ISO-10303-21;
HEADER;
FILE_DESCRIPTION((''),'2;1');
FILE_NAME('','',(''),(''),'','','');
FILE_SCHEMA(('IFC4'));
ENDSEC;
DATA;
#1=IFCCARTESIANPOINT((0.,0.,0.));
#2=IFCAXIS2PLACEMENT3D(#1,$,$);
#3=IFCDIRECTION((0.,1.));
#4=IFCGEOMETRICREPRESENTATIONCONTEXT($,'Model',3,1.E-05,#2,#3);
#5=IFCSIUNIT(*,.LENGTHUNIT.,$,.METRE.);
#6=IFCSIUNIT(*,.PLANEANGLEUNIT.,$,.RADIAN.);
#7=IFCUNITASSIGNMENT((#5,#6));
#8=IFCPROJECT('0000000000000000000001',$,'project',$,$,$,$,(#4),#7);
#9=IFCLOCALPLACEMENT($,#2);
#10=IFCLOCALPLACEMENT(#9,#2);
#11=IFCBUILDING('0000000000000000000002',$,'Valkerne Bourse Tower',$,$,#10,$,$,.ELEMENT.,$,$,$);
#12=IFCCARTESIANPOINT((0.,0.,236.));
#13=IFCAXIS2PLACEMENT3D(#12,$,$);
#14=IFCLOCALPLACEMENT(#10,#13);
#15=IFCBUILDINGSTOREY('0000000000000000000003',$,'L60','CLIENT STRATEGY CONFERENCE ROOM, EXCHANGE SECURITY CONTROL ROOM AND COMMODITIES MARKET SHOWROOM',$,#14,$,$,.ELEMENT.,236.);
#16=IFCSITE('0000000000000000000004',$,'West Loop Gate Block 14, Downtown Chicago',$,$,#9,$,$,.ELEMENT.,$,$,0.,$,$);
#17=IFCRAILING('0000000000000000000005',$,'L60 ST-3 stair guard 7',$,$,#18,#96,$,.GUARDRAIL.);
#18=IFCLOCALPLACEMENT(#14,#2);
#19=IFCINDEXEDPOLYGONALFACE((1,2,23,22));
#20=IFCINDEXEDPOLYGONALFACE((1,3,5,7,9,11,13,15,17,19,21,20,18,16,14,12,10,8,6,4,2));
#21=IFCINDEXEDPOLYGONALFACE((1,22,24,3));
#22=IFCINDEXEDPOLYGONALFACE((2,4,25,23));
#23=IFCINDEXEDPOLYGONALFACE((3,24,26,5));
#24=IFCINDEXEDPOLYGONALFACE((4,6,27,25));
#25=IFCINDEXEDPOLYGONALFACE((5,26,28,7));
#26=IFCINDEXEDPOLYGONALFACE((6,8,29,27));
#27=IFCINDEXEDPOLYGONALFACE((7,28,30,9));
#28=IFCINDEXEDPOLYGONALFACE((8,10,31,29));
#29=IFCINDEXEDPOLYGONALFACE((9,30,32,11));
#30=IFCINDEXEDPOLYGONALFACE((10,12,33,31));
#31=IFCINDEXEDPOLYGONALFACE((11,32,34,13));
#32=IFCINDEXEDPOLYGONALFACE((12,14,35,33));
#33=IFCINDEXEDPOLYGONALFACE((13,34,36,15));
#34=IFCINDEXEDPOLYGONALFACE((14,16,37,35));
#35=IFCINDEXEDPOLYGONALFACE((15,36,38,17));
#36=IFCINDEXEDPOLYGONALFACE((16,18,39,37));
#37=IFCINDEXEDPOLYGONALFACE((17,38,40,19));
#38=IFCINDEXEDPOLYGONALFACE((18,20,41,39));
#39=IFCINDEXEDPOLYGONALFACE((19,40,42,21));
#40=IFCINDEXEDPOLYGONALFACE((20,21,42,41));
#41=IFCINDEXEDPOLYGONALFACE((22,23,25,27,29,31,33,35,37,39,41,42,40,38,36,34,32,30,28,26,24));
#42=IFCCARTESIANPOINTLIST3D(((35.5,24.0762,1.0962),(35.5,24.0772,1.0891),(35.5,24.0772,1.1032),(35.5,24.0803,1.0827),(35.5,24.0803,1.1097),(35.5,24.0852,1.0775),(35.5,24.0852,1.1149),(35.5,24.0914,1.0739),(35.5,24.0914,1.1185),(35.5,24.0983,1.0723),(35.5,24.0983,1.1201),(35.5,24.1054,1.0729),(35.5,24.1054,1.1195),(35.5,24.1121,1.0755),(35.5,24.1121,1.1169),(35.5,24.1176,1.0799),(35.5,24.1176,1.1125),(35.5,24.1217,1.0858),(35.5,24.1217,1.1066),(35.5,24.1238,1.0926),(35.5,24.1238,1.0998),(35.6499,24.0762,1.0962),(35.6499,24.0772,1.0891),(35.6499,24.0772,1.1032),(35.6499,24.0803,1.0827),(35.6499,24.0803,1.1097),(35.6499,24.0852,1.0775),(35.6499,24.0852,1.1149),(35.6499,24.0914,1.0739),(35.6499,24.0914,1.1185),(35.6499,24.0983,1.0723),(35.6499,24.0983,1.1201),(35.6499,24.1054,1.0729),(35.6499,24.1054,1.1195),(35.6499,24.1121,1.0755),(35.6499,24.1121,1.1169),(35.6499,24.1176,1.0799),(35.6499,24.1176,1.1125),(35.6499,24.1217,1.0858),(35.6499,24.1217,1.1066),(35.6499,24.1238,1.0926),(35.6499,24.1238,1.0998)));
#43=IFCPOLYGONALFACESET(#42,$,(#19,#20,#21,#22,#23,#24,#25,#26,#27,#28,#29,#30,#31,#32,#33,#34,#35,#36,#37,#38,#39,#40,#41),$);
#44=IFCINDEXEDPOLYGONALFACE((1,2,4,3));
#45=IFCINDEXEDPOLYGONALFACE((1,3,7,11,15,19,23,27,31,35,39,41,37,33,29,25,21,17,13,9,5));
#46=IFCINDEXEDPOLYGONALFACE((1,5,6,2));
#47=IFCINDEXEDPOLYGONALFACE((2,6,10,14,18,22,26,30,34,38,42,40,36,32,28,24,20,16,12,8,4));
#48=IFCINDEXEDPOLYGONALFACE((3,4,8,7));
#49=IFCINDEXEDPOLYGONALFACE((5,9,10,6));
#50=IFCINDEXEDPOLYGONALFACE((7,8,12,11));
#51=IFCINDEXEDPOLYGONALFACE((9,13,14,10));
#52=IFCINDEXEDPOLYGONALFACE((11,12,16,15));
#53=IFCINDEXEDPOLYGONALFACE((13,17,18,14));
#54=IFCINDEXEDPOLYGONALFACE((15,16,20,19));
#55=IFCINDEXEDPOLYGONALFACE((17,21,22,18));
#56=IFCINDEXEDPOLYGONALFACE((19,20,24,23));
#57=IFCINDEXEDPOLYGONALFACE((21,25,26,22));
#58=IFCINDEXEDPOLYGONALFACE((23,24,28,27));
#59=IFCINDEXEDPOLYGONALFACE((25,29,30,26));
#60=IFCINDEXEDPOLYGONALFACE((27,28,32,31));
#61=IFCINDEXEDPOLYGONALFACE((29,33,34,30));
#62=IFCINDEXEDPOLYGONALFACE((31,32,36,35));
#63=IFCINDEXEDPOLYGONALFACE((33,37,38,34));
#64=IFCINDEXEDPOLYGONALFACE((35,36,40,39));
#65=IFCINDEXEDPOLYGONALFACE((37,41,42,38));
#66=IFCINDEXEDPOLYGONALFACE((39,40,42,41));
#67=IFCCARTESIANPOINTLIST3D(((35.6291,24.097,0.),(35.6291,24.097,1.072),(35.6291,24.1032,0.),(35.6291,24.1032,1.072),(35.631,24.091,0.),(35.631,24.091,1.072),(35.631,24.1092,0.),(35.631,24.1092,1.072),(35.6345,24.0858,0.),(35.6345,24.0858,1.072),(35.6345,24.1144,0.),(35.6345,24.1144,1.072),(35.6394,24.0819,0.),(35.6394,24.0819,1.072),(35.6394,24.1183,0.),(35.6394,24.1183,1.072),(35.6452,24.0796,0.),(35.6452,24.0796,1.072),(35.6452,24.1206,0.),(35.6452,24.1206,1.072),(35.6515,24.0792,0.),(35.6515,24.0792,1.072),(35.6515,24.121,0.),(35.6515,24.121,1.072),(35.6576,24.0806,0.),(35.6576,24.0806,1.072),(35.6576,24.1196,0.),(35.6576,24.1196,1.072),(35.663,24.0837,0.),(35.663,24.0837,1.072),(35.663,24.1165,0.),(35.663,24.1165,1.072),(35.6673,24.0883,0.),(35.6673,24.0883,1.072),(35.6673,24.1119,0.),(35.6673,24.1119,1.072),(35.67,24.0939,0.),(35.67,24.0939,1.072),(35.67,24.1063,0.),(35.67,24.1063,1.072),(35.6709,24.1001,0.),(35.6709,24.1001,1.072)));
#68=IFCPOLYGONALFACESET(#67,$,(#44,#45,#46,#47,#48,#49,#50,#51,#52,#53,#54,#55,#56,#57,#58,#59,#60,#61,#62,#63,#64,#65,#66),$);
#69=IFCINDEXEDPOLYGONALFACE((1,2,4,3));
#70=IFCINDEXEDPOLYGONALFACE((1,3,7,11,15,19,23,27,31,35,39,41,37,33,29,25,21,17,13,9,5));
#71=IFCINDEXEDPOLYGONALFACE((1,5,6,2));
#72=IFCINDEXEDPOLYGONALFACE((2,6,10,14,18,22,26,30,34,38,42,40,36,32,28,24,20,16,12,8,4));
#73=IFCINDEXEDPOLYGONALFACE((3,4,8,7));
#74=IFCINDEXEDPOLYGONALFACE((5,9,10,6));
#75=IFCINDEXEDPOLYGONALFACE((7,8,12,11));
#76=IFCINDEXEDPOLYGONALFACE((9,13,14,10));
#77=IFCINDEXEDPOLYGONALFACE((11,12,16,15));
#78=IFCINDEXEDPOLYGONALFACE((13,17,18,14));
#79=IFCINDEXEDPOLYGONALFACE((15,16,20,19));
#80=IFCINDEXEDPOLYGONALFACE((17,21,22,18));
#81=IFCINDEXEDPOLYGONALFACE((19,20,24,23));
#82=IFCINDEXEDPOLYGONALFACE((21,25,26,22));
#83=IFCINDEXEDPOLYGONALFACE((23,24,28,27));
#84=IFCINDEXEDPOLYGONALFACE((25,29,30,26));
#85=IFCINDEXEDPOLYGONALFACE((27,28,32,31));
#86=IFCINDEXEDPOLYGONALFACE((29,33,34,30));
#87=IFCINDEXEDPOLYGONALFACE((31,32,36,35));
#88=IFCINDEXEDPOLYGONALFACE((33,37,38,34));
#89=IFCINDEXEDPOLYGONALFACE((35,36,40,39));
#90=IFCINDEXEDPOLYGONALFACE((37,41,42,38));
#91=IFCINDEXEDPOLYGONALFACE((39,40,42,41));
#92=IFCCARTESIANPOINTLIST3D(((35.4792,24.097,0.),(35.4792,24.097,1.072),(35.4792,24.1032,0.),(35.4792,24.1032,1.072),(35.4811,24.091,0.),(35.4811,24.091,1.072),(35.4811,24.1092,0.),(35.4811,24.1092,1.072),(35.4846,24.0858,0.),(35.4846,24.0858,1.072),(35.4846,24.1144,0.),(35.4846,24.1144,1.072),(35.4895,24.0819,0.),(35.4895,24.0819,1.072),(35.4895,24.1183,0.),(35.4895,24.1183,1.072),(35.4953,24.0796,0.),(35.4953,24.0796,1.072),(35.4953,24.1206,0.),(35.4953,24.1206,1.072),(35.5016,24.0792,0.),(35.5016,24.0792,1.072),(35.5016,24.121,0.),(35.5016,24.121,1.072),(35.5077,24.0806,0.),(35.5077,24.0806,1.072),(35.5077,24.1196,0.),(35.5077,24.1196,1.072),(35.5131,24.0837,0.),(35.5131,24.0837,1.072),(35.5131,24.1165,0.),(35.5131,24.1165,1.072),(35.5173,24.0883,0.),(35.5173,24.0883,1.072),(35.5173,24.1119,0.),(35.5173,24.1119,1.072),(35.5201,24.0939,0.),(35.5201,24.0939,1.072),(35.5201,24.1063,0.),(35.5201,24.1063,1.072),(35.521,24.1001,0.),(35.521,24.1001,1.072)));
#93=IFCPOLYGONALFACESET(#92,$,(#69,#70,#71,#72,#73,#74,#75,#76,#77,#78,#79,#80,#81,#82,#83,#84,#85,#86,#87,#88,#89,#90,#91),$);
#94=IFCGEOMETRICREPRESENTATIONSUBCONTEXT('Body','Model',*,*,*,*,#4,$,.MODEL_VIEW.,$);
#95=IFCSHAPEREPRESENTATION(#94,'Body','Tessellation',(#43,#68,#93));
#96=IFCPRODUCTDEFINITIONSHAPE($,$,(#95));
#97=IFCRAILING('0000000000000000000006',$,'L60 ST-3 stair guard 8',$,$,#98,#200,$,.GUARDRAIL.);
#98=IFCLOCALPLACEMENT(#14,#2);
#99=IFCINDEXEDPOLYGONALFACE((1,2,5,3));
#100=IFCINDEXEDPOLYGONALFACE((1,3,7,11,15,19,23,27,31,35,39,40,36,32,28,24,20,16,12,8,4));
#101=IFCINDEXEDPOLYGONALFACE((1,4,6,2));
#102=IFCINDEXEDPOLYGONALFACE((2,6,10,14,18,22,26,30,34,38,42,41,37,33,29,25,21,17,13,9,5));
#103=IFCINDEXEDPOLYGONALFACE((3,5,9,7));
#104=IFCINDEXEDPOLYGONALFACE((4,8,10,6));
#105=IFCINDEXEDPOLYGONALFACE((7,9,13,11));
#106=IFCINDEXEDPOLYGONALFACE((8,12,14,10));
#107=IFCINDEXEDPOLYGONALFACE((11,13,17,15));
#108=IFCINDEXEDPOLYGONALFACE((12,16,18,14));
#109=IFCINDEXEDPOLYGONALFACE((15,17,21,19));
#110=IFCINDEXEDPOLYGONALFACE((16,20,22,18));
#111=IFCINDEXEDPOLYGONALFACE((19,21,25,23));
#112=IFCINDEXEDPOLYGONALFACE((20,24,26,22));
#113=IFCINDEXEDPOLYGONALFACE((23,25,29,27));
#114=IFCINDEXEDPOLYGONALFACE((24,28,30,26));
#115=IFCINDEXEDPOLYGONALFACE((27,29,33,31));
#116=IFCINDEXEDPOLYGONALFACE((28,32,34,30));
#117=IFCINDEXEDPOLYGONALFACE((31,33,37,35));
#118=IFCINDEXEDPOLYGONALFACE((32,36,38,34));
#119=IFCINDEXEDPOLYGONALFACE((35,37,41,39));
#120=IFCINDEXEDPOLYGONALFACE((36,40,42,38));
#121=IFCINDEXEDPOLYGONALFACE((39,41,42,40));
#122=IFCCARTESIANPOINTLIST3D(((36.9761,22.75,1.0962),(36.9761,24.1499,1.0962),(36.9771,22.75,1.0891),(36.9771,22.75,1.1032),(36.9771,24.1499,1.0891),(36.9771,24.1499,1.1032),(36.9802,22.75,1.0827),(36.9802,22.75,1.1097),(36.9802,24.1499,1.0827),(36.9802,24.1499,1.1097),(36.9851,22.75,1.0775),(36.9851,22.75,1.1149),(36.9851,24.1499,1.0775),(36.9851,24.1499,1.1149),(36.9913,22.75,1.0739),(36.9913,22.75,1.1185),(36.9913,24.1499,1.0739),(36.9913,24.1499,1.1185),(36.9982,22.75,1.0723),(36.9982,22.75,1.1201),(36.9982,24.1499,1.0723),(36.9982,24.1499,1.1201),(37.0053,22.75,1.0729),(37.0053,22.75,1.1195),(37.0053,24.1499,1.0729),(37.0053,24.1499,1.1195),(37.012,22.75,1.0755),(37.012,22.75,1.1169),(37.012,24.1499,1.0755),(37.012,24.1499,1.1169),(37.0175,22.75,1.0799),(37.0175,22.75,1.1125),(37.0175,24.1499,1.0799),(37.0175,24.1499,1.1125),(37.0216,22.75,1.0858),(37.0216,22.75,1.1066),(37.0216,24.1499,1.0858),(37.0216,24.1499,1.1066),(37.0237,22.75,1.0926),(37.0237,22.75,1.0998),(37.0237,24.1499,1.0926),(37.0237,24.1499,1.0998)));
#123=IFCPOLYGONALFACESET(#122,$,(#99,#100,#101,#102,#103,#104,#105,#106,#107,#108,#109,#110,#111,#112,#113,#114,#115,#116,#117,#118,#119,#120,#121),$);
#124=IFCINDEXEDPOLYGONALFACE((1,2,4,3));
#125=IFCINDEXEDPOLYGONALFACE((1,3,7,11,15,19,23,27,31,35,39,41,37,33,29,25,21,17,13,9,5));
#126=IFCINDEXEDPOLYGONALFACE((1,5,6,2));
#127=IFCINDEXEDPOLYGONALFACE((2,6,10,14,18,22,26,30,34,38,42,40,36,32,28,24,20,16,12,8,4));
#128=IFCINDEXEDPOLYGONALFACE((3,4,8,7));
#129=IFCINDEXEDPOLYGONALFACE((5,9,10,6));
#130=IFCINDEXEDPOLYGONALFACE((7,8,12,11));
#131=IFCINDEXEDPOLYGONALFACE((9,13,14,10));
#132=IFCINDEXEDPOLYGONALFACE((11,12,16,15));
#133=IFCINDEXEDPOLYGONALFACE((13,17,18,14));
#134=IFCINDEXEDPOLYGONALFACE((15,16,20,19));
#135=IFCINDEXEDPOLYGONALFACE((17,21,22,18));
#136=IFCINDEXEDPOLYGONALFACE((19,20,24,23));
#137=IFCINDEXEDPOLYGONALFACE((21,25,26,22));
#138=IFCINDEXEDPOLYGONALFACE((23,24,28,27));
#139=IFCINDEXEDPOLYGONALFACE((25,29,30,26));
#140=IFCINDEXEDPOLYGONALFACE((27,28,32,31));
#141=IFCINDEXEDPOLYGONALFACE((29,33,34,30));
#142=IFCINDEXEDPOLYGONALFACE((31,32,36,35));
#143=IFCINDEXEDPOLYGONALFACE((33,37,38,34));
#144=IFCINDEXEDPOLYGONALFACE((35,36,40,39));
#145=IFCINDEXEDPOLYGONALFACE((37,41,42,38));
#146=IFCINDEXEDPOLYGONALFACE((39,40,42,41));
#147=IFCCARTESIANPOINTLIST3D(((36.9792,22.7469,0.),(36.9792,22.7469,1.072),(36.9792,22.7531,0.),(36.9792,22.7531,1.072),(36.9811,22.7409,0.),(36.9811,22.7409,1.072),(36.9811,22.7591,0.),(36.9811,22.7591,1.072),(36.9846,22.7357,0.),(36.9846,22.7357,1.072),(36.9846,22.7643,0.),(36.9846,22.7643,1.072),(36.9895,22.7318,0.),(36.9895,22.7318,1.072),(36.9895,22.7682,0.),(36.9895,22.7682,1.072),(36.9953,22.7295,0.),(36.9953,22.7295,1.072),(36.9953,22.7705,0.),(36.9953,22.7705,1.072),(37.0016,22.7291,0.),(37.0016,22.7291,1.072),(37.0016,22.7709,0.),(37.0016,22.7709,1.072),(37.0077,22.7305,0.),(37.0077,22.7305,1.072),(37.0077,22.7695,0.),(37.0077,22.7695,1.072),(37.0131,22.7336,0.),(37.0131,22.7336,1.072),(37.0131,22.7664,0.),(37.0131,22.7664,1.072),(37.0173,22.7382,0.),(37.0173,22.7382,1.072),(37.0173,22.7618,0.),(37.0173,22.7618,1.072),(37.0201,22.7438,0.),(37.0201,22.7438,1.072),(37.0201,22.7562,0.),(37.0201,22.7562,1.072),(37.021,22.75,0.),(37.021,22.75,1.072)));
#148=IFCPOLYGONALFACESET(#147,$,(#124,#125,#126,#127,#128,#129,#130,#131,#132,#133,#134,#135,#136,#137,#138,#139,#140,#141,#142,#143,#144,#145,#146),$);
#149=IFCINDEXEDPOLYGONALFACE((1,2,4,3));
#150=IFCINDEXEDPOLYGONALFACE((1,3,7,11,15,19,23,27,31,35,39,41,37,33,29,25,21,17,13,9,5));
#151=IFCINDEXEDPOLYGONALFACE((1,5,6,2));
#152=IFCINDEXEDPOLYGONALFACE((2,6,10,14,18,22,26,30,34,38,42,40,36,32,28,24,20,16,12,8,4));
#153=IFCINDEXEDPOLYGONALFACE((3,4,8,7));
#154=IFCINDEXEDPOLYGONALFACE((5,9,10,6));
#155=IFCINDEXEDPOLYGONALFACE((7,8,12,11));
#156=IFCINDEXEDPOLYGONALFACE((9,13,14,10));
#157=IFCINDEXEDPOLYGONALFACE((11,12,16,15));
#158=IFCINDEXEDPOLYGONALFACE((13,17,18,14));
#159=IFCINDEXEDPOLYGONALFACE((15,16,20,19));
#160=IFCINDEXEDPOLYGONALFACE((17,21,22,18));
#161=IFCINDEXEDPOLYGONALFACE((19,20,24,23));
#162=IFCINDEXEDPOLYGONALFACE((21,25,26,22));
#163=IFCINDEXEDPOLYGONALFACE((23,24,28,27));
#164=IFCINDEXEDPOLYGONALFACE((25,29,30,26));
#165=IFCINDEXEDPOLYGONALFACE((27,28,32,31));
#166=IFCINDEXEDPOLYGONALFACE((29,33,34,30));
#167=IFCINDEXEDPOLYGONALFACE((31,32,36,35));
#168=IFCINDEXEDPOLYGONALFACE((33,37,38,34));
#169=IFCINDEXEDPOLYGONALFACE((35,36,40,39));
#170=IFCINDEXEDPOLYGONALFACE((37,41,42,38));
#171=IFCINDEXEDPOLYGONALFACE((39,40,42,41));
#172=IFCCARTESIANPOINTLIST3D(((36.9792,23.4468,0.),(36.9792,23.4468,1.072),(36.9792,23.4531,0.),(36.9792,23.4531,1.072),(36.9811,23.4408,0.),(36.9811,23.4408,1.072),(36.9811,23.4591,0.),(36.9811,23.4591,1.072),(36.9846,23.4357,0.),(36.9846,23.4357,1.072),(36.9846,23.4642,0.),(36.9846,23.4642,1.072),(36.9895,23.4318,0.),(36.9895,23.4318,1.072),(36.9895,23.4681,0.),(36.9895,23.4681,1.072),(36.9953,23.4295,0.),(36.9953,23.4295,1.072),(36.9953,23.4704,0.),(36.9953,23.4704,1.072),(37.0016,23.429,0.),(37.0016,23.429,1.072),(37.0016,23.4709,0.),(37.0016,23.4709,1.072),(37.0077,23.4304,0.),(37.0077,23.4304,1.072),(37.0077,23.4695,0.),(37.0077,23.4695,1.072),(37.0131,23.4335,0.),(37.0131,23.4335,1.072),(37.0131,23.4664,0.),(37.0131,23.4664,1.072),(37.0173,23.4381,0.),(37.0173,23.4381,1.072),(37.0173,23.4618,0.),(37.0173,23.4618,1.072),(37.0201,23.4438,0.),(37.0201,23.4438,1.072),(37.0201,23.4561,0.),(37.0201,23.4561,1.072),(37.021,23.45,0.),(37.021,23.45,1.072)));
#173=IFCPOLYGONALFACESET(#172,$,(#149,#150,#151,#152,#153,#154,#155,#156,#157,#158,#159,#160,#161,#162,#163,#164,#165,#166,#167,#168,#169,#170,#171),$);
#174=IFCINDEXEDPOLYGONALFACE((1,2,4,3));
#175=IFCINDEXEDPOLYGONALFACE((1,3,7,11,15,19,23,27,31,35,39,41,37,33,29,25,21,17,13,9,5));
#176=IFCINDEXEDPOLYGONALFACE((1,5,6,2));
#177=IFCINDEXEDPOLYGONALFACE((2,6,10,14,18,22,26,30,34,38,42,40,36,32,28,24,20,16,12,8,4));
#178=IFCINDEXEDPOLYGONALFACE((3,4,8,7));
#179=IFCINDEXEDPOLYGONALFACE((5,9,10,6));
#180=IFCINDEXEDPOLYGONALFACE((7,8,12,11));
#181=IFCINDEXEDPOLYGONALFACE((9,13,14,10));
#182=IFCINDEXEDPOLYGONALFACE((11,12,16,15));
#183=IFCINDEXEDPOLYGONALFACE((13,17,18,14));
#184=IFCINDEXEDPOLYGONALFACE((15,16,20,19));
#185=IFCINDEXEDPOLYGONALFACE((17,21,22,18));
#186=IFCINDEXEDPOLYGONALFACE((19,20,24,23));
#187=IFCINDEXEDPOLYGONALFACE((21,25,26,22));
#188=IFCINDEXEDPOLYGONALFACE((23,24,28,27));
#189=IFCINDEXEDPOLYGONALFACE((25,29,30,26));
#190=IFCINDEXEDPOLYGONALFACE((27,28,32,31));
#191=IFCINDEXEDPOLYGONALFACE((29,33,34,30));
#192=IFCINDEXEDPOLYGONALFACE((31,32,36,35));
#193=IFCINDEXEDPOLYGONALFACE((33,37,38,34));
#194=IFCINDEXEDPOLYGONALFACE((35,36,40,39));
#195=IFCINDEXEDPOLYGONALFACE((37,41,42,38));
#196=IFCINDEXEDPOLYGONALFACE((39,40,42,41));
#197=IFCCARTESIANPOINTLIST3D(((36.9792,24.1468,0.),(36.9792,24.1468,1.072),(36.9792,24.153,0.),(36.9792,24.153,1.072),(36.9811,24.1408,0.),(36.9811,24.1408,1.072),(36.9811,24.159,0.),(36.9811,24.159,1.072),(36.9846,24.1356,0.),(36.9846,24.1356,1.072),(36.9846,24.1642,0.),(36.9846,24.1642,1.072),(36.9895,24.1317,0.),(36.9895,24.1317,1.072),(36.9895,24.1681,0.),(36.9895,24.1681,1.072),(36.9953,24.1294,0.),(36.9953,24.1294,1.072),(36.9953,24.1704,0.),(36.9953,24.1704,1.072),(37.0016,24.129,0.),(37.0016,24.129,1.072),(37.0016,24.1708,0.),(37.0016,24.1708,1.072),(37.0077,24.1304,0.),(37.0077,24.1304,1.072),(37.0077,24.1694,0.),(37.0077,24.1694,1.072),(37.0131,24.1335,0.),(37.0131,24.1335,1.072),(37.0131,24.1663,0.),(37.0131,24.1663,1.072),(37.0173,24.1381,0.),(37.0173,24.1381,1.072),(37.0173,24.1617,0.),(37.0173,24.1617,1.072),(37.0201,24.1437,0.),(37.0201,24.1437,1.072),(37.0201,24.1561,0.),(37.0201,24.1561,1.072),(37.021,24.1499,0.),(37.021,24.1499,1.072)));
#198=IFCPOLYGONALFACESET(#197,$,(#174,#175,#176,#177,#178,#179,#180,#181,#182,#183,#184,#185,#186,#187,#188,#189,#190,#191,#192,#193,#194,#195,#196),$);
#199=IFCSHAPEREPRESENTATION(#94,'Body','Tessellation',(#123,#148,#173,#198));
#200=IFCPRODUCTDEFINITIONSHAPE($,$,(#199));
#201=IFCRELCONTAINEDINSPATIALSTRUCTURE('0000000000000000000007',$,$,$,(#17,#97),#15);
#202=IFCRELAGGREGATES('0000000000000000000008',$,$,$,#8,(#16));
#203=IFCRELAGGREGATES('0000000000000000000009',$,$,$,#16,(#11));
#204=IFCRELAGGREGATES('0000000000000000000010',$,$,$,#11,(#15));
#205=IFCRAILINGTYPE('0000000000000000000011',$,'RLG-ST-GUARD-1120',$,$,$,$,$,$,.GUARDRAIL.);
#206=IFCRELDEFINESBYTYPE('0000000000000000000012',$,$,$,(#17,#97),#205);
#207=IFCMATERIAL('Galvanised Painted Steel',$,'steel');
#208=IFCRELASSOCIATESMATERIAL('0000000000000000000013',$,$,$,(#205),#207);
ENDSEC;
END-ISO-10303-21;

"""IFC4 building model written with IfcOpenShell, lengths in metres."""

from ifc_helpers import new_model, si_unit, direction, frame, origin, origin_2d, place, context, subcontext, project, spatial, circle, extrude, material, type_object, element, save


model = new_model("IFC4")

# Units and contexts
model_context = context("Model", 3, precision=1e-05, world=origin(), true_north=direction((0.0, 1.0)))
body_context = subcontext(model_context, "Body", "Model", "MODEL_VIEW")
ifc_project = project(units=[si_unit("LENGTHUNIT", "METRE"), si_unit("PLANEANGLEUNIT", "RADIAN")], contexts=[model_context])

# Site, building, storey
site_placement = place(None, origin())
site = spatial("IfcSite", under=ifc_project, at=site_placement, Name="West Loop Gate Block 14, Downtown Chicago", CompositionType="ELEMENT", RefElevation=0.0)
building_placement = place(site_placement, origin())
building = spatial("IfcBuilding", under=site, at=building_placement, Name="Valkerne Bourse Tower", CompositionType="ELEMENT")
storey_placement = place(building_placement, frame((0.0, 0.0, 236.0)))
storey = spatial("IfcBuildingStorey", under=building, at=storey_placement, Name="L60", Description="CLIENT STRATEGY CONFERENCE ROOM, EXCHANGE SECURITY CONTROL ROOM AND COMMODITIES MARKET SHOWROOM", CompositionType="ELEMENT", Elevation=236.0)

# Railings
ifc_material_1 = material(Name="Galvanised Painted Steel", Category="steel")
railing_type_1 = type_object("IfcRailingType", Name="RLG-ST-GUARD-1120", PredefinedType="GUARDRAIL", material=ifc_material_1)
railing_1_placement = place(storey_placement, frame((35.6499, 24.1001, 0.0)))
element("IfcRailing", 1, at=railing_1_placement, inside=storey, type_object=railing_type_1, Name="L60 ST-3 stair guard 7", PredefinedType="GUARDRAIL", context=body_context, shape_type="SweptSolid", body=[
    extrude(circle(Radius=0.0239, at=origin_2d()), frame((0.0, 0.0, 1.0962), z_axis=(-1.0, 0.0, 0.0), x_axis=(0.0, -1.0, 0.0)), (0.0, 0.0, 1.0), 0.1499),
    extrude(circle(Radius=0.021, at=origin_2d()), origin(), (0.0, 0.0, 1.0), 1.072),
    extrude(circle(Radius=0.021, at=origin_2d()), frame((-0.1499, 0.0, 0.0)), (0.0, 0.0, 1.0), 1.072),
])
for number, where, name in (
    (2, (37.0, 22.75, 0.0), "L60 ST-3 stair guard 8"),
):
    element("IfcRailing", number, at=place(storey_placement, frame(where)), inside=storey, type_object=railing_type_1, Name=name, PredefinedType="GUARDRAIL", context=body_context, shape_type="SweptSolid", body=[
        extrude(circle(Radius=0.0239, at=origin_2d()), frame((0.0, 0.0, 1.0962), z_axis=(0.0, 1.0, 0.0), x_axis=(-1.0, 0.0, 0.0)), (0.0, 0.0, 1.0), 1.3999),
        extrude(circle(Radius=0.021, at=origin_2d()), origin(), (0.0, 0.0, 1.0), 1.072),
        extrude(circle(Radius=0.021, at=origin_2d()), frame((0.0, 0.7, 0.0)), (0.0, 0.0, 1.0), 1.072),
        extrude(circle(Radius=0.021, at=origin_2d()), frame((0.0, 1.3999, 0.0)), (0.0, 0.0, 1.0), 1.072),
    ])

save(model, "model.ifc")
